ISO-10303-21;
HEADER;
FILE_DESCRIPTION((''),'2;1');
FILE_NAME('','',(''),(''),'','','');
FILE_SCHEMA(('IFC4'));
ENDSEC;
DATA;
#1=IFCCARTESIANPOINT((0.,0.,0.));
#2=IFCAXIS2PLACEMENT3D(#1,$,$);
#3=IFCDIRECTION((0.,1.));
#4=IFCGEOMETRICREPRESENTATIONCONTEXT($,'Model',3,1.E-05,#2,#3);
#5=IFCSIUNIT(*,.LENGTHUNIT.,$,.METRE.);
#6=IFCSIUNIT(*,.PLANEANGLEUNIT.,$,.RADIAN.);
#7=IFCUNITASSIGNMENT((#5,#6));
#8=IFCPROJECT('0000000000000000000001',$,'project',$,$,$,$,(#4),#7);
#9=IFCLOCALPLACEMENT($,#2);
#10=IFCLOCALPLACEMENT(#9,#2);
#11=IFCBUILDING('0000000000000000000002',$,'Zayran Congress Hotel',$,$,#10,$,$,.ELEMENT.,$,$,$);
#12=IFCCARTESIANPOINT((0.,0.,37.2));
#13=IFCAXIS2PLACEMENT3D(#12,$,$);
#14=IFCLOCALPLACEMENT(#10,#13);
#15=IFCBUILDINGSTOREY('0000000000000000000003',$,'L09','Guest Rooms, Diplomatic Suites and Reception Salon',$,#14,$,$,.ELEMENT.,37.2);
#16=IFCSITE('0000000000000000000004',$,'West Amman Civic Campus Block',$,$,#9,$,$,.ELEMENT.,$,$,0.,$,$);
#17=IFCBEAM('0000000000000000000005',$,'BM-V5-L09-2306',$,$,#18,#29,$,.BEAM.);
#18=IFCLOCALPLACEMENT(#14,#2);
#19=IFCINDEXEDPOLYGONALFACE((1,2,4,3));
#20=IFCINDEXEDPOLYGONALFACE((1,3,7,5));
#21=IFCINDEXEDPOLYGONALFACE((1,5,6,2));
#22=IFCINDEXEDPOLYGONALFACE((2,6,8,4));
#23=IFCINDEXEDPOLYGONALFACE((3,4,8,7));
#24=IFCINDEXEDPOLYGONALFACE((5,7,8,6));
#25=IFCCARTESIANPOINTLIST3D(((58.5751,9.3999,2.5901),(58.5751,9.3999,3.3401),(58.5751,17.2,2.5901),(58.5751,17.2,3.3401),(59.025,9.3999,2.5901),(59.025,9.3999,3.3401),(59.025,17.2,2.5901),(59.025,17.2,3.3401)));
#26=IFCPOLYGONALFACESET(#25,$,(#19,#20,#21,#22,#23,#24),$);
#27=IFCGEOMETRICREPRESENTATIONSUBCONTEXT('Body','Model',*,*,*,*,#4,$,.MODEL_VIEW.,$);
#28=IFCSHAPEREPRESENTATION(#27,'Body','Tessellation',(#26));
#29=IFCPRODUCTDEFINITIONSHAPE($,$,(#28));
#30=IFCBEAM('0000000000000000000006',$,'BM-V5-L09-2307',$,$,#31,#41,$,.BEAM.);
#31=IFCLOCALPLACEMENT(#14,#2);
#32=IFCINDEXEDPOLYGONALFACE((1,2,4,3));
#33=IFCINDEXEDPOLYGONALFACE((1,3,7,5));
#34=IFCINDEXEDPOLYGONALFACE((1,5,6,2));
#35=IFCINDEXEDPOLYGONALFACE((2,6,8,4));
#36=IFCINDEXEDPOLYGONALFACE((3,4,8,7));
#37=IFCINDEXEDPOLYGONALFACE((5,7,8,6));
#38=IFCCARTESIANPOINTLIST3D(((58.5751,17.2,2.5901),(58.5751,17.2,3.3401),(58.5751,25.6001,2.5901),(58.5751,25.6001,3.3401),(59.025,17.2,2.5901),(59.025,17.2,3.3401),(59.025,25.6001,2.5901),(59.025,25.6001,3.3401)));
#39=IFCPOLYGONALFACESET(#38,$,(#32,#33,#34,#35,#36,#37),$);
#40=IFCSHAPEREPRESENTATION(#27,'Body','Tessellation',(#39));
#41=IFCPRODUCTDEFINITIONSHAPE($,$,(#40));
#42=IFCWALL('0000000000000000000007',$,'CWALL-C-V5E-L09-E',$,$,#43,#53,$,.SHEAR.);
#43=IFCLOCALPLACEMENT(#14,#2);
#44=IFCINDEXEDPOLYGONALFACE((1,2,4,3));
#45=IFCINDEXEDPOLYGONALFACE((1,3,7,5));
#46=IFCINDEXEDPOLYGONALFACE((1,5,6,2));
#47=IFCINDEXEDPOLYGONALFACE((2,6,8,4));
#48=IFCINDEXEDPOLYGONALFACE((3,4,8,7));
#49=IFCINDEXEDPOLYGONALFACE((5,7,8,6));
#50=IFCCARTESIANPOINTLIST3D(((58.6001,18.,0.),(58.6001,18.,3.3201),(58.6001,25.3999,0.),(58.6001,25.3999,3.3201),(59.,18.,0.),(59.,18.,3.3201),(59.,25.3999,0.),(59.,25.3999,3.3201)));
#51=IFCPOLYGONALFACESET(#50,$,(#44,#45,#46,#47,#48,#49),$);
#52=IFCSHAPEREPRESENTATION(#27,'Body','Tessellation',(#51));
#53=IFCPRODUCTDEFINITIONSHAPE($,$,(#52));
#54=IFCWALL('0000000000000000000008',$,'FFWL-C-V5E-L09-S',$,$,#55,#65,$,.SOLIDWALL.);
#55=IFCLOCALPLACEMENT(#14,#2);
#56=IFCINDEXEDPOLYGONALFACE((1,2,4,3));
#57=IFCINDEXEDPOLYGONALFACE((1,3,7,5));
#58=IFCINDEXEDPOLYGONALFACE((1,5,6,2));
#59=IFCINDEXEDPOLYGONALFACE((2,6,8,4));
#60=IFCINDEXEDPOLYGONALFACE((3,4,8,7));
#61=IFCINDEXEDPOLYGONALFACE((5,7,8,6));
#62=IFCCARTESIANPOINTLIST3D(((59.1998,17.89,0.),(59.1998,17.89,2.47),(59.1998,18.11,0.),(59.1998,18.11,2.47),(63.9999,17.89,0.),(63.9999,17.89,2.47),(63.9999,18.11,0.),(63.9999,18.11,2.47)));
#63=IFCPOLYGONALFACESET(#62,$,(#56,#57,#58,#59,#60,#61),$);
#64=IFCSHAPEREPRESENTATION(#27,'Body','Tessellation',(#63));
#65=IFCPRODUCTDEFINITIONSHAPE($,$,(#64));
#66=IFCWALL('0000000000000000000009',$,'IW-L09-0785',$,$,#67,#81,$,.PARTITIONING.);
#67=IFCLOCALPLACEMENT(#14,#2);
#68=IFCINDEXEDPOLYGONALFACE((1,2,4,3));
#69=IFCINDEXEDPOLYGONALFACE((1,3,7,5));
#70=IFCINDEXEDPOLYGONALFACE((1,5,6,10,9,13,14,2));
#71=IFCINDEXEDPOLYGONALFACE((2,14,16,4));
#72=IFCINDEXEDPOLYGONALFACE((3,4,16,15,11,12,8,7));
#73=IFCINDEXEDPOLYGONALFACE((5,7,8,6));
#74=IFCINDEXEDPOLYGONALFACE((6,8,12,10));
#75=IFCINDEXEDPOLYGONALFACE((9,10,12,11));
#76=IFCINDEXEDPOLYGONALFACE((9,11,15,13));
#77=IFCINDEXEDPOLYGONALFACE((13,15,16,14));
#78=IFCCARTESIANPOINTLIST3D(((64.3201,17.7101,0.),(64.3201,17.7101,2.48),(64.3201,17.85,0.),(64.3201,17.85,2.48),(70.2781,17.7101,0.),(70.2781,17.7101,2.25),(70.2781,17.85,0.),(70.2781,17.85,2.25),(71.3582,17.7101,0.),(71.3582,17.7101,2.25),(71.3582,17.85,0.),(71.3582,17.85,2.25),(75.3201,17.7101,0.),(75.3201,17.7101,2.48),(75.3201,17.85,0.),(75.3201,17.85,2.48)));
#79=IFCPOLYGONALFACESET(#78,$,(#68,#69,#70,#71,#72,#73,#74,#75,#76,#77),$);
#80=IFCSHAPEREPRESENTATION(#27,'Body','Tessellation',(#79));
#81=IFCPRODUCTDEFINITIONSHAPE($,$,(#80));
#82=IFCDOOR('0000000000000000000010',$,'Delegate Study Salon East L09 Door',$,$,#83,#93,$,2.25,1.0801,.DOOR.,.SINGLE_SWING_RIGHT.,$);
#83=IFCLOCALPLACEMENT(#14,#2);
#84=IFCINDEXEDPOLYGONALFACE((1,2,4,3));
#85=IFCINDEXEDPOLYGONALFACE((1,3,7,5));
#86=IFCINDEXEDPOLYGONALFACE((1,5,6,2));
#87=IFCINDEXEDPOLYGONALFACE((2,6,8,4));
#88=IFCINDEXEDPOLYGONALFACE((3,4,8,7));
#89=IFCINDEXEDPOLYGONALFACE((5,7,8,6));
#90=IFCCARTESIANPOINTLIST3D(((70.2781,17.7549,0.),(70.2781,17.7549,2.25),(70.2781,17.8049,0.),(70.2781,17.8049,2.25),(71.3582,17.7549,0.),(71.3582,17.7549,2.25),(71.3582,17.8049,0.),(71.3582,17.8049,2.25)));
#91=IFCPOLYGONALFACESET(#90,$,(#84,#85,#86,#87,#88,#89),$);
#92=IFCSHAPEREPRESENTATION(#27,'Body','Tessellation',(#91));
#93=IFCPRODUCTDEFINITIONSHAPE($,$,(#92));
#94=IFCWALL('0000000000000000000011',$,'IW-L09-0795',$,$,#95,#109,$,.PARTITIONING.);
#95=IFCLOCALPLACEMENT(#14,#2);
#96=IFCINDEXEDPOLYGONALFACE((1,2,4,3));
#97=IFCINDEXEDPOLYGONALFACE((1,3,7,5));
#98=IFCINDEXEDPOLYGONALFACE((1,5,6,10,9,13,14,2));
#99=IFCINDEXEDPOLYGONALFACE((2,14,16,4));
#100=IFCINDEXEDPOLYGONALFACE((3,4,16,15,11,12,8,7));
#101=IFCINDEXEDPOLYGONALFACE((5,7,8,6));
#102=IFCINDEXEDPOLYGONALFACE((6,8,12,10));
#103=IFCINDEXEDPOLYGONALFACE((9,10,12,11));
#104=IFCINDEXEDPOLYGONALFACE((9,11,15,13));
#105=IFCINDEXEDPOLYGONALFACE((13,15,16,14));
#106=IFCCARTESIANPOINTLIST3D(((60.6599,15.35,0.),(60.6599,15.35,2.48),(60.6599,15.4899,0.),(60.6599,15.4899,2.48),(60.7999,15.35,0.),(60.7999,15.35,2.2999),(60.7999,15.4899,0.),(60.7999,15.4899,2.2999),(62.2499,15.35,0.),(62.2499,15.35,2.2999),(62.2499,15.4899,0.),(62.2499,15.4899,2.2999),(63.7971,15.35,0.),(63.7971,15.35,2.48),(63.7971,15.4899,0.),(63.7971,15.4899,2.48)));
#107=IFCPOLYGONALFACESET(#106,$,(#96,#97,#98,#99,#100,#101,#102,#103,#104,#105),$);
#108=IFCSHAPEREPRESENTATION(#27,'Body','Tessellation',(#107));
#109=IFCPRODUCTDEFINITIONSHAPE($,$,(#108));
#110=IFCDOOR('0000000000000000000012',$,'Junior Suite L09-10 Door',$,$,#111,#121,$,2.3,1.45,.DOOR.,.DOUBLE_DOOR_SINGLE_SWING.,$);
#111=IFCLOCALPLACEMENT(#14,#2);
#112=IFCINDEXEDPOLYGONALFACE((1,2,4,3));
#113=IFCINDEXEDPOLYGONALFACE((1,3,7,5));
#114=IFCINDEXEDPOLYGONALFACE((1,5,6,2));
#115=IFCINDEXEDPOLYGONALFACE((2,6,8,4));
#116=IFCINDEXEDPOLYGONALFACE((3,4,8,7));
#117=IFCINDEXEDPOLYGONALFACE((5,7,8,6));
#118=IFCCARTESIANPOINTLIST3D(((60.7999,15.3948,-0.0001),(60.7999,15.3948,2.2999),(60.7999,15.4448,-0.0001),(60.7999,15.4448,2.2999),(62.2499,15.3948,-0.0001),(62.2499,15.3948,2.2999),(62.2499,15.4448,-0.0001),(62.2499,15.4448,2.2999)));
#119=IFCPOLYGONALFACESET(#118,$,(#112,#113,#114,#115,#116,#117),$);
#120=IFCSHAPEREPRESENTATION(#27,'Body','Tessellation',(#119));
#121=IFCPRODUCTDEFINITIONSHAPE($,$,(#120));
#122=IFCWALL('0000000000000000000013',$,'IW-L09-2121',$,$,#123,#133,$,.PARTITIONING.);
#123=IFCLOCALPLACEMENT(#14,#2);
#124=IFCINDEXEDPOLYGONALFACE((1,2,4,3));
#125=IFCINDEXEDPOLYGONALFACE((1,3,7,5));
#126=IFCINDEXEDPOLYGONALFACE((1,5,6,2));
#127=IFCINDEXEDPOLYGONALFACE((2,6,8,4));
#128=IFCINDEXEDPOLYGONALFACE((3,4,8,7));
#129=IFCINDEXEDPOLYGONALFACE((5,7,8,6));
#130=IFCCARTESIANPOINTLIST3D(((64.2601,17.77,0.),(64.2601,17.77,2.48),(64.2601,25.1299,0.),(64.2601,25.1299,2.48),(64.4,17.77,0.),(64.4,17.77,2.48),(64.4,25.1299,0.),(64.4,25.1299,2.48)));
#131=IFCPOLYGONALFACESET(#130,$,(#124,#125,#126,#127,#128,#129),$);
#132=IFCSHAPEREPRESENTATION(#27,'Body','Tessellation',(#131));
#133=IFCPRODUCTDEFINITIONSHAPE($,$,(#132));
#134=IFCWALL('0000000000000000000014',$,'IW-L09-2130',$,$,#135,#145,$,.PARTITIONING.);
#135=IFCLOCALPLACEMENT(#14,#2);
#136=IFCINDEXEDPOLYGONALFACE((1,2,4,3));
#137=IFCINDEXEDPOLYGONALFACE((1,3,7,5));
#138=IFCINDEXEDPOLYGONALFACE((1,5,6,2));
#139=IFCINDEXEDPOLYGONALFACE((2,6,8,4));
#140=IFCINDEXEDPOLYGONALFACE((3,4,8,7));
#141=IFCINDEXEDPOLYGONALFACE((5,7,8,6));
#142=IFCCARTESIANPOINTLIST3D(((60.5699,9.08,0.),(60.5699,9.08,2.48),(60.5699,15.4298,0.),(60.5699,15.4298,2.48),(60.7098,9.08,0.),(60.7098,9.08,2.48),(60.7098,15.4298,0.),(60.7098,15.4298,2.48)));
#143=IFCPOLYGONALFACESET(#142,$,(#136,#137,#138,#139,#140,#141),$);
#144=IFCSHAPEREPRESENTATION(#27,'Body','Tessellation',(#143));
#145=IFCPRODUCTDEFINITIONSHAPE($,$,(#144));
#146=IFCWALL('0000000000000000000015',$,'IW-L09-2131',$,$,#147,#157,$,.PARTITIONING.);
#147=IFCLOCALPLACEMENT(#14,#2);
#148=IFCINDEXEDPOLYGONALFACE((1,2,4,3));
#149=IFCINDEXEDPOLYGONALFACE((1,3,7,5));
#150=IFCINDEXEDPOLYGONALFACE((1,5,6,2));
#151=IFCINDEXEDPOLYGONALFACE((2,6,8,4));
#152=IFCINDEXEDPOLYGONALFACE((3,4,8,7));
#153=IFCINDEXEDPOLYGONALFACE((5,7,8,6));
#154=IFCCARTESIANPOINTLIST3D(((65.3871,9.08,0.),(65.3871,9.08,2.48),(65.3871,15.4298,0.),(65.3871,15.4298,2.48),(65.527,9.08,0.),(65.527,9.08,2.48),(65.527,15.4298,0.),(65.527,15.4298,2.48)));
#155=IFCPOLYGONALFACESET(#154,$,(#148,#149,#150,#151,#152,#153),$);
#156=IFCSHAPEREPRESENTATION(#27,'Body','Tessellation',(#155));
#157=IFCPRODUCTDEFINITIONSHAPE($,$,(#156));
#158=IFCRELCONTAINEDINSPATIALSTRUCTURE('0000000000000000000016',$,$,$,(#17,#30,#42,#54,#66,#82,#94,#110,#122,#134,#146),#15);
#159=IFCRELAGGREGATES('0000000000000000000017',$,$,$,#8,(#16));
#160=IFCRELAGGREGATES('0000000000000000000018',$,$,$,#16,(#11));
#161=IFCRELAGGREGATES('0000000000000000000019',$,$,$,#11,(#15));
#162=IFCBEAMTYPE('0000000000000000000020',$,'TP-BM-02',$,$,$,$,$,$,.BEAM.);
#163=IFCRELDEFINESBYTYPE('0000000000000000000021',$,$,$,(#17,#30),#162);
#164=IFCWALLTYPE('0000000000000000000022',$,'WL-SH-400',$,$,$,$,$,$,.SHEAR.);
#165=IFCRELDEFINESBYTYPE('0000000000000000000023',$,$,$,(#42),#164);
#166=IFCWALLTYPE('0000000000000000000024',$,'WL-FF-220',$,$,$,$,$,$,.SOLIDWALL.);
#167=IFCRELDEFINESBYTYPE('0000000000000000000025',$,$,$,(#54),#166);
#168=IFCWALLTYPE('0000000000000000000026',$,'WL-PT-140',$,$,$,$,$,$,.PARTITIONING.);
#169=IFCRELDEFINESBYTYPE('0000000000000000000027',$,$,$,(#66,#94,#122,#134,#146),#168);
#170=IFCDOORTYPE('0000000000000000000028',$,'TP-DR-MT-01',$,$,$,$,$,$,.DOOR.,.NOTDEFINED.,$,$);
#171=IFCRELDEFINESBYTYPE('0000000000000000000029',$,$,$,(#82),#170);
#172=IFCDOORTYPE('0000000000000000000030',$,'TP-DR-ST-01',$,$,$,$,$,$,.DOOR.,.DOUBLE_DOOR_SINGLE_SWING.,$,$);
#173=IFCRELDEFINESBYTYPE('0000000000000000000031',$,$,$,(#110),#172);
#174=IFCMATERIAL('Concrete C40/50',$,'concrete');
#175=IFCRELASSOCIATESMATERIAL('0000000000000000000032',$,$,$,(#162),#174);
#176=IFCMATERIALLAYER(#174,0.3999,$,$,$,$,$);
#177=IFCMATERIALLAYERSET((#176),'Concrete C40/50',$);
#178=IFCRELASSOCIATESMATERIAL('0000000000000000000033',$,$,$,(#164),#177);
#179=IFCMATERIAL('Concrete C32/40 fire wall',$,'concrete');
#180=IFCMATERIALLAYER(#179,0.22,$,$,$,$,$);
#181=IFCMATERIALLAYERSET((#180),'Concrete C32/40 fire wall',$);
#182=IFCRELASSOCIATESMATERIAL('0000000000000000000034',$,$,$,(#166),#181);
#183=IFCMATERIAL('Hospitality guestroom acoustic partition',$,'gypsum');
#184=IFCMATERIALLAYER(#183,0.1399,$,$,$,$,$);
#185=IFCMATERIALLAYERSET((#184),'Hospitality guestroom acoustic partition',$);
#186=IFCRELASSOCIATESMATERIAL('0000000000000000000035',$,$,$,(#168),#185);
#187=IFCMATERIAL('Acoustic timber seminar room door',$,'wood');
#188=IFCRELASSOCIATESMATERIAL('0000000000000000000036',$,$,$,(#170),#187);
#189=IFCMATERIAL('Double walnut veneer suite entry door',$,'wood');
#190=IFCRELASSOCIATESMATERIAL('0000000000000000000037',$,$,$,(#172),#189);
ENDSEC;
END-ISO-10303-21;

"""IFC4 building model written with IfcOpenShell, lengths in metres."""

from ifc_helpers import new_model, si_unit, direction, frame, frame_2d, origin, origin_2d, place, context, subcontext, project, spatial, rectangle, extrude, material, layer, layer_set, material_profile, profile_set, type_object, element, fill, save


model = new_model("IFC4")

# Units and contexts
model_context = context("Model", 3, precision=1e-05, world=origin(), true_north=direction((0.0, 1.0)))
body_context = subcontext(model_context, "Body", "Model", "MODEL_VIEW")
ifc_project = project(units=[si_unit("LENGTHUNIT", "METRE"), si_unit("PLANEANGLEUNIT", "RADIAN")], contexts=[model_context])

# Site, building, storey
site_placement = place(None, origin())
site = spatial("IfcSite", under=ifc_project, at=site_placement, Name="West Amman Civic Campus Block", CompositionType="ELEMENT", RefElevation=0.0)
building_placement = place(site_placement, origin())
building = spatial("IfcBuilding", under=site, at=building_placement, Name="Zayran Congress Hotel", CompositionType="ELEMENT")
storey_placement = place(building_placement, frame((0.0, 0.0, 37.2)))
storey = spatial("IfcBuildingStorey", under=building, at=storey_placement, Name="L09", Description="Guest Rooms, Diplomatic Suites and Reception Salon", CompositionType="ELEMENT", Elevation=37.2)

# Beams
ifc_material_1 = material(Name="Concrete C40/50", Category="concrete")
ifc_material_profile = material_profile(ifc_material_1, rectangle(XDim=0.45, YDim=0.75, at=origin_2d()), Name="RC 450x750")
ifc_profile_set = profile_set([ifc_material_profile], Name="Concrete C40/50")
beam_type = type_object("IfcBeamType", Name="TP-BM-02", PredefinedType="BEAM", material=ifc_profile_set)
beam_1_placement = place(storey_placement, frame((58.8, 9.3999, 2.9651), z_axis=(0.0, 1.0, 0.0), x_axis=(-1.0, 0.0, 0.0)))
element("IfcBeam", 1, at=beam_1_placement, inside=storey, type_object=beam_type, Name="BM-V5-L09-2306", PredefinedType="BEAM", context=body_context, shape_type="SweptSolid", body=[
    extrude(rectangle(XDim=0.45, YDim=0.75, at=origin_2d()), origin(), (0.0, 0.0, 1.0), 7.8),
])
beam_2_placement = place(storey_placement, frame((58.8, 17.2, 2.9651), z_axis=(0.0, 1.0, 0.0), x_axis=(-1.0, 0.0, 0.0)))
element("IfcBeam", 2, at=beam_2_placement, inside=storey, type_object=beam_type, Name="BM-V5-L09-2307", PredefinedType="BEAM", context=body_context, shape_type="SweptSolid", body=[
    extrude(rectangle(XDim=0.45, YDim=0.75, at=origin_2d()), origin(), (0.0, 0.0, 1.0), 8.4001),
])

# Walls
ifc_layer_1 = layer(ifc_material_1, 0.3999)
ifc_layer_set_1 = layer_set([ifc_layer_1], Name="Concrete C40/50")
wall_type_1 = type_object("IfcWallType", Name="WL-SH-400", PredefinedType="SHEAR", material=ifc_layer_set_1)
wall_1_placement = place(storey_placement, frame((58.8, 18.0, 0.0), z_axis=(0.0, 0.0, 1.0), x_axis=(0.0, 1.0, 0.0)))
element("IfcWall", 3, at=wall_1_placement, inside=storey, type_object=wall_type_1, Name="CWALL-C-V5E-L09-E", PredefinedType="SHEAR", context=body_context, shape_type="SweptSolid", body=[
    extrude(rectangle(XDim=7.3999, YDim=0.3999, at=frame_2d((3.7, 0.0))), origin(), (0.0, 0.0, 1.0), 3.3201),
])
ifc_material_2 = material(Name="Concrete C32/40 fire wall", Category="concrete")
ifc_layer_2 = layer(ifc_material_2, 0.22)
ifc_layer_set_2 = layer_set([ifc_layer_2], Name="Concrete C32/40 fire wall")
wall_type_2 = type_object("IfcWallType", Name="WL-FF-220", PredefinedType="SOLIDWALL", material=ifc_layer_set_2)
wall_2_placement = place(storey_placement, frame((59.2, 18.0, 0.0), z_axis=(0.0, 0.0, 1.0), x_axis=(1.0, 0.0, 0.0)))
element("IfcWall", 4, at=wall_2_placement, inside=storey, type_object=wall_type_2, Name="FFWL-C-V5E-L09-S", PredefinedType="SOLIDWALL", context=body_context, shape_type="SweptSolid", body=[
    extrude(rectangle(XDim=4.8, YDim=0.22, at=frame_2d((2.3999, 0.0))), origin(), (0.0, 0.0, 1.0), 2.47),
])

# Walls, openings, doors
ifc_material_3 = material(Name="Hospitality guestroom acoustic partition", Category="gypsum")
ifc_layer_3 = layer(ifc_material_3, 0.1399)
ifc_layer_set_3 = layer_set([ifc_layer_3], Name="Hospitality guestroom acoustic partition")
wall_type_3 = type_object("IfcWallType", Name="WL-PT-140", PredefinedType="PARTITIONING", material=ifc_layer_set_3)
wall_3_placement = place(storey_placement, frame((64.3201, 17.78, 0.0), z_axis=(0.0, 0.0, 1.0), x_axis=(1.0, 0.0, 0.0)))
wall_3 = element("IfcWall", 5, at=wall_3_placement, inside=storey, type_object=wall_type_3, Name="IW-L09-0785", PredefinedType="PARTITIONING", context=body_context, shape_type="SweptSolid", body=[
    extrude(rectangle(XDim=11.0, YDim=0.1399, at=frame_2d((5.5, 0.0))), origin(), (0.0, 0.0, 1.0), 2.48),
])
opening_1_placement = place(wall_3_placement, frame((5.958, 0.0, 0.0)))
opening_1 = element("IfcOpeningElement", 6, at=opening_1_placement, cuts=wall_3, PredefinedType="OPENING", context=body_context, shape_type="SweptSolid", body=[
    extrude(rectangle(XDim=1.0801, YDim=2.25, at=frame_2d((0.54, 1.125))), frame((0.0, 0.0798, 0.0), z_axis=(0.0, -1.0, 0.0), x_axis=(1.0, 0.0, 0.0)), (0.0, 0.0, 1.0), 0.1599),
])
ifc_material_4 = material(Name="Acoustic timber seminar room door", Category="wood")
door_type_1 = type_object("IfcDoorType", Name="TP-DR-MT-01", OperationType="NOTDEFINED", PredefinedType="DOOR", material=ifc_material_4)
door_1_placement = place(opening_1_placement, origin())
door_1 = element("IfcDoor", 7, at=door_1_placement, inside=storey, type_object=door_type_1, Name="Delegate Study Salon East L09 Door", OperationType="SINGLE_SWING_RIGHT", OverallHeight=2.25, OverallWidth=1.0801, PredefinedType="DOOR", context=body_context, shape_type="SweptSolid", body=[
    extrude(rectangle(XDim=1.0801, YDim=2.25, at=frame_2d((0.54, 1.125))), frame((0.0, 0.0249, 0.0), z_axis=(0.0, -1.0, 0.0), x_axis=(1.0, 0.0, 0.0)), (0.0, 0.0, 1.0), 0.05),
])
fill(opening_1, door_1)
wall_4_placement = place(storey_placement, frame((60.6599, 15.4199, 0.0), z_axis=(0.0, 0.0, 1.0), x_axis=(1.0, 0.0, 0.0)))
wall_4 = element("IfcWall", 8, at=wall_4_placement, inside=storey, type_object=wall_type_3, Name="IW-L09-0795", PredefinedType="PARTITIONING", context=body_context, shape_type="SweptSolid", body=[
    extrude(rectangle(XDim=3.1372, YDim=0.1399, at=frame_2d((1.5686, 0.0))), origin(), (0.0, 0.0, 1.0), 2.48),
])
opening_2_placement = place(wall_4_placement, frame((0.1399, 0.0, 0.0)))
opening_2 = element("IfcOpeningElement", 9, at=opening_2_placement, cuts=wall_4, PredefinedType="OPENING", context=body_context, shape_type="SweptSolid", body=[
    extrude(rectangle(XDim=1.45, YDim=2.3, at=frame_2d((0.7251, 1.1499))), frame((0.0, 0.0798, 0.0), z_axis=(0.0, -1.0, 0.0), x_axis=(1.0, 0.0, 0.0)), (0.0, 0.0, 1.0), 0.1599),
])
ifc_material_5 = material(Name="Double walnut veneer suite entry door", Category="wood")
door_type_2 = type_object("IfcDoorType", Name="TP-DR-ST-01", OperationType="DOUBLE_DOOR_SINGLE_SWING", PredefinedType="DOOR", material=ifc_material_5)
door_2_placement = place(opening_2_placement, origin())
door_2 = element("IfcDoor", 10, at=door_2_placement, inside=storey, type_object=door_type_2, Name="Junior Suite L09-10 Door", OperationType="DOUBLE_DOOR_SINGLE_SWING", OverallHeight=2.3, OverallWidth=1.45, PredefinedType="DOOR", context=body_context, shape_type="SweptSolid", body=[
    extrude(rectangle(XDim=1.45, YDim=2.3, at=frame_2d((0.7251, 1.1499))), frame((0.0, 0.0249, 0.0), z_axis=(0.0, -1.0, 0.0), x_axis=(1.0, 0.0, 0.0)), (0.0, 0.0, 1.0), 0.05),
])
fill(opening_2, door_2)

# Walls
wall_5_placement = place(storey_placement, frame((64.3301, 17.77, 0.0), z_axis=(0.0, 0.0, 1.0), x_axis=(0.0, 1.0, 0.0)))
element("IfcWall", 11, at=wall_5_placement, inside=storey, type_object=wall_type_3, Name="IW-L09-2121", PredefinedType="PARTITIONING", context=body_context, shape_type="SweptSolid", body=[
    extrude(rectangle(XDim=7.3599, YDim=0.1399, at=frame_2d((3.6799, 0.0))), origin(), (0.0, 0.0, 1.0), 2.48),
])
for number, where, z_axis, x_axis, name in (
    (12, (60.6399, 9.0801, 0.0), (0.0, 0.0, 1.0), (0.0, 1.0, 0.0), "IW-L09-2130"),
    (13, (65.457, 9.0801, 0.0), (0.0, 0.0, 1.0), (0.0, 1.0, 0.0), "IW-L09-2131"),
):
    element("IfcWall", number, at=place(storey_placement, frame(where, z_axis=z_axis, x_axis=x_axis)), inside=storey, type_object=wall_type_3, Name=name, PredefinedType="PARTITIONING", context=body_context, shape_type="SweptSolid", body=[
        extrude(rectangle(XDim=6.3499, YDim=0.1399, at=frame_2d((3.1748, 0.0))), origin(), (0.0, 0.0, 1.0), 2.48),
    ])

save(model, "model.ifc")
